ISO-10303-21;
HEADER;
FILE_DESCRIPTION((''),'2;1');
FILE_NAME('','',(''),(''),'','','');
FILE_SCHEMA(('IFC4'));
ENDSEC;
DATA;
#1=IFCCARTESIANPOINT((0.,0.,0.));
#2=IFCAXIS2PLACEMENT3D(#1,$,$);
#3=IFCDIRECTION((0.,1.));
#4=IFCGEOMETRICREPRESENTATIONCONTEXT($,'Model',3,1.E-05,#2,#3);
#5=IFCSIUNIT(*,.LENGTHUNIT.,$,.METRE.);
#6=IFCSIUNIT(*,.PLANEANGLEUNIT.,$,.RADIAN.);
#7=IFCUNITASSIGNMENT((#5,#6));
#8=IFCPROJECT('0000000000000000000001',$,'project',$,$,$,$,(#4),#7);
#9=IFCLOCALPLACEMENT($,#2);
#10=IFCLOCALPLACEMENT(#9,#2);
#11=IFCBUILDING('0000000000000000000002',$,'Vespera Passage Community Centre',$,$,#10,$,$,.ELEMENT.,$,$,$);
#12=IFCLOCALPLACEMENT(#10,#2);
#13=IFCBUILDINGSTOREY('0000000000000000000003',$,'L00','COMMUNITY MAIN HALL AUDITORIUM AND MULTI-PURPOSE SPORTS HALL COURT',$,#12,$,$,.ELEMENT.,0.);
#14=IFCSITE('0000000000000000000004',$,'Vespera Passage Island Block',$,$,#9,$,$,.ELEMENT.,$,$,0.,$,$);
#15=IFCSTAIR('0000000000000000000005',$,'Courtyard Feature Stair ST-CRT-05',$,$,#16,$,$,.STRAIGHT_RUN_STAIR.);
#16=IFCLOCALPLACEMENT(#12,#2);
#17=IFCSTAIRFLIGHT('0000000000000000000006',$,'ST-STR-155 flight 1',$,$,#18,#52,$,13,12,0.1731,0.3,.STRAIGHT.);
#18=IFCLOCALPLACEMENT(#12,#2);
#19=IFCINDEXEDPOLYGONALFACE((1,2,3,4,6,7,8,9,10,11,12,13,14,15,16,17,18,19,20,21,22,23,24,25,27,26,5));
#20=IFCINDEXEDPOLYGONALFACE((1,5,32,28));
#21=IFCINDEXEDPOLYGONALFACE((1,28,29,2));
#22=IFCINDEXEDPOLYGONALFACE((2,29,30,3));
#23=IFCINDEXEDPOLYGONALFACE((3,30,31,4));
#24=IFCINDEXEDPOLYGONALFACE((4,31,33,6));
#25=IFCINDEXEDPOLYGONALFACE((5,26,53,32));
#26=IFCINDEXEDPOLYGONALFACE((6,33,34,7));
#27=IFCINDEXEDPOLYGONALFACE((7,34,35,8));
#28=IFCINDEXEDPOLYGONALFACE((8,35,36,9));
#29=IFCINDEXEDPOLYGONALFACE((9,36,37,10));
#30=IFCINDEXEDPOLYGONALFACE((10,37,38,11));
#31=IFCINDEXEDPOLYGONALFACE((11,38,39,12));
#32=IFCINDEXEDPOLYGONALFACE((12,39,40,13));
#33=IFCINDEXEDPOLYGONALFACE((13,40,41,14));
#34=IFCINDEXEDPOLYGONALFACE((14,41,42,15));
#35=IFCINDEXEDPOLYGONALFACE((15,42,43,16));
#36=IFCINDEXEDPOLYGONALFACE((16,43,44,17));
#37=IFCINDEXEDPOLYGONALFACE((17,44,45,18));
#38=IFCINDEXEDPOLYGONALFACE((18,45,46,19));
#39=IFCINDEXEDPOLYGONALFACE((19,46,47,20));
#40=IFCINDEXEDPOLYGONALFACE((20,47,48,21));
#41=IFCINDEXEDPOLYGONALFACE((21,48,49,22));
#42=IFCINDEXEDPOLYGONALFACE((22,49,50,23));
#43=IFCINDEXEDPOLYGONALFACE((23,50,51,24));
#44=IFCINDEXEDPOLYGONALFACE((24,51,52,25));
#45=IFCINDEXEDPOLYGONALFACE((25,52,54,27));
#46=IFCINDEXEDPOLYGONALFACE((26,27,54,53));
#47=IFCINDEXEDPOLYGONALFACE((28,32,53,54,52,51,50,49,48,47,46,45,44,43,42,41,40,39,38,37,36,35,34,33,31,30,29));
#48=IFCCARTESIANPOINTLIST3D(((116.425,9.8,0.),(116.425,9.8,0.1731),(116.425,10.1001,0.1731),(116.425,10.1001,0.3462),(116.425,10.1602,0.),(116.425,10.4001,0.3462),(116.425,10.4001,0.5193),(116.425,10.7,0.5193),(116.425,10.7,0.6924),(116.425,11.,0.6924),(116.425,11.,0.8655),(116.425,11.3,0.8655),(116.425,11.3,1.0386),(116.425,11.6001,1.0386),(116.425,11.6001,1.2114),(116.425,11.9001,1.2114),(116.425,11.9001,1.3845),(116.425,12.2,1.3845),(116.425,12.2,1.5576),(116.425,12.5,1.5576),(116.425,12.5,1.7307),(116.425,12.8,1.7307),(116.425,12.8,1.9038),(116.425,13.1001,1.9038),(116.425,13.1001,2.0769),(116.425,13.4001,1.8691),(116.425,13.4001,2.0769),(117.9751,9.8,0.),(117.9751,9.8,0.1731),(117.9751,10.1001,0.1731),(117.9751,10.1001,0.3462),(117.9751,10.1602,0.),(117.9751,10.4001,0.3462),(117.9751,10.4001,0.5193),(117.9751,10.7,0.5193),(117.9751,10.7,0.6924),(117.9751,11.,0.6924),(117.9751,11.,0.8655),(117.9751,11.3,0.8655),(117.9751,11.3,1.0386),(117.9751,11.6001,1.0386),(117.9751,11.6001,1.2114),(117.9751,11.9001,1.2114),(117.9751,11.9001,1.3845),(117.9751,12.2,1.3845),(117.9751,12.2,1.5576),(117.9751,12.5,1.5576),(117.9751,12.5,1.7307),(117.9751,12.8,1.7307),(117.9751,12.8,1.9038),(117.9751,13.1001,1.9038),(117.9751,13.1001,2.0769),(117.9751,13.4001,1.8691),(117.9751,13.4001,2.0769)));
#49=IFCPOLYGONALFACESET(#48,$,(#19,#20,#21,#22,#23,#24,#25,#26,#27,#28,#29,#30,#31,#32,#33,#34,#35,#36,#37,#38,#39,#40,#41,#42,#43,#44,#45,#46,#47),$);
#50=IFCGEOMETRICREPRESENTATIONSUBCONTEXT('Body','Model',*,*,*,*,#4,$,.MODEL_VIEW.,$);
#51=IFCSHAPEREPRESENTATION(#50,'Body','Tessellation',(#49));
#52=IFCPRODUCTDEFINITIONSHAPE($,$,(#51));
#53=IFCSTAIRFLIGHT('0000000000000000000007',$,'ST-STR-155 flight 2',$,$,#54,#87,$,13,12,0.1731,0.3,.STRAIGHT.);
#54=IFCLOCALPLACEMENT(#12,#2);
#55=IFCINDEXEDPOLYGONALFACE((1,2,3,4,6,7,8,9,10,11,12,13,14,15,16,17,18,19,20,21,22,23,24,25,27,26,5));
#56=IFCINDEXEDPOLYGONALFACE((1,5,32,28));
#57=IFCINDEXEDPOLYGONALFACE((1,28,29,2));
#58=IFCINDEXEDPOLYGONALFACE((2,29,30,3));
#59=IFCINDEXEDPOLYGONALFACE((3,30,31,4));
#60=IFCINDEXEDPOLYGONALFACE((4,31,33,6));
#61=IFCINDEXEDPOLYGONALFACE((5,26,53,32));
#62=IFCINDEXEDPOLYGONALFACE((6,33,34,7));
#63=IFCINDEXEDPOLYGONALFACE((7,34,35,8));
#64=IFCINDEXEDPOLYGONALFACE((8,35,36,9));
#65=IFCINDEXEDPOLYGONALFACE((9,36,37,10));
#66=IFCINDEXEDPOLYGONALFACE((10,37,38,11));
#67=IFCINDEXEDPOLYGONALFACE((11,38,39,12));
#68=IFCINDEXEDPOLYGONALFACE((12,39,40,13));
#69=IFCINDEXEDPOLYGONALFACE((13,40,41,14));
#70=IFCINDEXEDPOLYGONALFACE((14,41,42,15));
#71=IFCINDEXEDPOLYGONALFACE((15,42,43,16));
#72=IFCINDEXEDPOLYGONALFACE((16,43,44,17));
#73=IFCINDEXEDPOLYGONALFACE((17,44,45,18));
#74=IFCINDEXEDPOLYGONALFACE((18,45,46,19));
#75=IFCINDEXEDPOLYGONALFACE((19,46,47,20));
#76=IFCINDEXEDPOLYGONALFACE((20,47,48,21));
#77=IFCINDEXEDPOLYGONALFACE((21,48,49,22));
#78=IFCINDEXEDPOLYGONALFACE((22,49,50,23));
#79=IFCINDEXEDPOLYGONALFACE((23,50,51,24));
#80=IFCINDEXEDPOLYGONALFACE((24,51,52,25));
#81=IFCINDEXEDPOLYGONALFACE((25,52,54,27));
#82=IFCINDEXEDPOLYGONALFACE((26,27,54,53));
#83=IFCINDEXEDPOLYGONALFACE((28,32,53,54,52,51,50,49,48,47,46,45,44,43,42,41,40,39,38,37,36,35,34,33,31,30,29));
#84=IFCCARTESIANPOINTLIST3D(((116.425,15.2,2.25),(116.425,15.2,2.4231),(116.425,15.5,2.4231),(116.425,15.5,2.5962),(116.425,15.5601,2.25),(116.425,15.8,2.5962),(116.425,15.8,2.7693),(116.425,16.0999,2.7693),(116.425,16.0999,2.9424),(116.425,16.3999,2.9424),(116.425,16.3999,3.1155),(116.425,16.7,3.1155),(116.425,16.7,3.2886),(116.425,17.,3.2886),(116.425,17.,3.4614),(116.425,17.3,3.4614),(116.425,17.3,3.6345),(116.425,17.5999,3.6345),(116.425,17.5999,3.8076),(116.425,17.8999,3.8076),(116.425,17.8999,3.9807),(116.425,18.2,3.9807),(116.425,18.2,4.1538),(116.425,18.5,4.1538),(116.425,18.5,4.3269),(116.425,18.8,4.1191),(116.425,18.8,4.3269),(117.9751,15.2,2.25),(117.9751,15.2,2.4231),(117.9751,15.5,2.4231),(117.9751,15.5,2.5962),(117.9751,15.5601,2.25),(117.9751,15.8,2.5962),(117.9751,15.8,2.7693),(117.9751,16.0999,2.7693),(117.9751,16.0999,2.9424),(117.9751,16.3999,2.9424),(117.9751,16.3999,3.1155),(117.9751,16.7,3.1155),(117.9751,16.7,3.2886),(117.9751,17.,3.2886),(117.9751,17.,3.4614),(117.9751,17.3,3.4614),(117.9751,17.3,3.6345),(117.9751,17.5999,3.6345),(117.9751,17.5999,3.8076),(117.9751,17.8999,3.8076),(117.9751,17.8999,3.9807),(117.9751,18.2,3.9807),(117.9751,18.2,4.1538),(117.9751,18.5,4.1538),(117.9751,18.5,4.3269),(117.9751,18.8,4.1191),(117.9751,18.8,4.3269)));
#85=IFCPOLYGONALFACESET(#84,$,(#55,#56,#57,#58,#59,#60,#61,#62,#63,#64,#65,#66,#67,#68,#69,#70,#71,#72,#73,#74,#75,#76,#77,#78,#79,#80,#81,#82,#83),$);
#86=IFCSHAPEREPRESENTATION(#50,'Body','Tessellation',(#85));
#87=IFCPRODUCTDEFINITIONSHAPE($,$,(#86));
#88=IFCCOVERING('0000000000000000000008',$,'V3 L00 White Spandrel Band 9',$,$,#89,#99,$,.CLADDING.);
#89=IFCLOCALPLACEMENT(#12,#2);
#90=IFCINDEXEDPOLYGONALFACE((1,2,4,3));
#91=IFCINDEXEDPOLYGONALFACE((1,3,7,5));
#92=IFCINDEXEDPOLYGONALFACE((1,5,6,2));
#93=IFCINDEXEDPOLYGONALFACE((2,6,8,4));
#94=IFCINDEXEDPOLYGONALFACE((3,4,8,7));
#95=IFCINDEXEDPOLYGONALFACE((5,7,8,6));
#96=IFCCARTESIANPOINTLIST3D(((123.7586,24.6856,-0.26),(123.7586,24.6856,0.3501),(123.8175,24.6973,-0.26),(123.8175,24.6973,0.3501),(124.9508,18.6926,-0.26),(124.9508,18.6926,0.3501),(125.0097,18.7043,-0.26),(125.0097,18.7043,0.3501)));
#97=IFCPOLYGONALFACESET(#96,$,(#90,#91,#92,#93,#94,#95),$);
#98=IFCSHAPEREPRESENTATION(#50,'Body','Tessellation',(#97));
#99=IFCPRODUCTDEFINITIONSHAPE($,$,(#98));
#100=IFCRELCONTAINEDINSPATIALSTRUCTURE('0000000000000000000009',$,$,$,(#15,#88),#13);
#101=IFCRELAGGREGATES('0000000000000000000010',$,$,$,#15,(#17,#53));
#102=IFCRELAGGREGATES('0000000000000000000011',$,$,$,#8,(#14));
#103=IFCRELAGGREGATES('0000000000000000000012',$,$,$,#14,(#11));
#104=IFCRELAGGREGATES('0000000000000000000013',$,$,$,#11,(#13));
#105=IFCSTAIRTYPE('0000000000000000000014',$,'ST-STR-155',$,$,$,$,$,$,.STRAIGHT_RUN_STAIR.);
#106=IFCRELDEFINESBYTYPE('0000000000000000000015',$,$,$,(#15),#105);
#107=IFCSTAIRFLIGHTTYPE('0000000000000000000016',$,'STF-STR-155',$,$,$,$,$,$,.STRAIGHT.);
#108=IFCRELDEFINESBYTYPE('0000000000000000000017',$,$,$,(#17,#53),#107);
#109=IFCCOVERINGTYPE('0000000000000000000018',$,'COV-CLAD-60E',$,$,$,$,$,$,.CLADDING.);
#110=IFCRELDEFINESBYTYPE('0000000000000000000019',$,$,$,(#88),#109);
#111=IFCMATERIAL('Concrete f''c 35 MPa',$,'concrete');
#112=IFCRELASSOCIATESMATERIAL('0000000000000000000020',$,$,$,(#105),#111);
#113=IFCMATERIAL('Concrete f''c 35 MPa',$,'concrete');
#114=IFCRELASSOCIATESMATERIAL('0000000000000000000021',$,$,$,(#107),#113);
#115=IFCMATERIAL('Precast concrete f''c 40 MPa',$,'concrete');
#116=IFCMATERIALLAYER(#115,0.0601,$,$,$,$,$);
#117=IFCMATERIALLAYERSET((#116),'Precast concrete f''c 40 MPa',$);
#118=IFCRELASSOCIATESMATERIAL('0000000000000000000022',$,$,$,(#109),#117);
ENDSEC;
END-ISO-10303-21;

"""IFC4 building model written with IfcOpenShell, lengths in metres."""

from ifc_helpers import new_model, si_unit, direction, frame, frame_2d, origin, place, context, subcontext, project, spatial, polyline, rectangle, outline, extrude, material, layer, layer_set, type_object, element, aggregate, save


model = new_model("IFC4")

# Units and contexts
model_context = context("Model", 3, precision=1e-05, world=origin(), true_north=direction((0.0, 1.0)))
body_context = subcontext(model_context, "Body", "Model", "MODEL_VIEW")
ifc_project = project(units=[si_unit("LENGTHUNIT", "METRE"), si_unit("PLANEANGLEUNIT", "RADIAN")], contexts=[model_context])

# Site, building, storey
site_placement = place(None, origin())
site = spatial("IfcSite", under=ifc_project, at=site_placement, Name="Vespera Passage Island Block", CompositionType="ELEMENT", RefElevation=0.0)
building_placement = place(site_placement, origin())
building = spatial("IfcBuilding", under=site, at=building_placement, Name="Vespera Passage Community Centre", CompositionType="ELEMENT")
storey_placement = place(building_placement, origin())
storey = spatial("IfcBuildingStorey", under=building, at=storey_placement, Name="L00", Description="COMMUNITY MAIN HALL AUDITORIUM AND MULTI-PURPOSE SPORTS HALL COURT", CompositionType="ELEMENT", Elevation=0.0)

# Stair, stair flights
ifc_material_1 = material(Name="Concrete f'c 35 MPa", Category="concrete")
stair_type = type_object("IfcStairType", Name="ST-STR-155", PredefinedType="STRAIGHT_RUN_STAIR", material=ifc_material_1)
stair_placement = place(storey_placement, origin())
stair = element("IfcStair", 1, at=stair_placement, inside=storey, type_object=stair_type, Name="Courtyard Feature Stair ST-CRT-05", PredefinedType="STRAIGHT_RUN_STAIR")
ifc_material_2 = material(Name="Concrete f'c 35 MPa", Category="concrete")
stair_flight_type = type_object("IfcStairFlightType", Name="STF-STR-155", PredefinedType="STRAIGHT", material=ifc_material_2)
stair_flight_1_placement = place(storey_placement, frame((117.2, 9.8, 0.0), z_axis=(0.0, 0.0, 1.0), x_axis=(0.0, 1.0, 0.0)))
stair_flight_1 = element("IfcStairFlight", 2, at=stair_flight_1_placement, type_object=stair_flight_type, Name="ST-STR-155 flight 1", NumberOfRisers=13, NumberOfTreads=12, PredefinedType="STRAIGHT", RiserHeight=0.1731, TreadLength=0.3, context=body_context, shape_type="SweptSolid", body=[
    extrude(outline(polyline([(0.0, 0.0), (0.0, 0.1731), (0.3, 0.1731), (0.3, 0.3462), (0.6001, 0.3462), (0.6001, 0.5193), (0.8999, 0.5193), (0.8999, 0.6924), (1.2, 0.6924), (1.2, 0.8655), (1.5, 0.8655), (1.5, 1.0386), (1.8, 1.0386), (1.8, 1.2114), (2.1001, 1.2114), (2.1001, 1.3845), (2.3999, 1.3845), (2.3999, 1.5576), (2.7, 1.5576), (2.7, 1.7307), (3.0, 1.7307), (3.0, 1.9038), (3.3, 1.9038), (3.3, 2.0769), (3.6001, 2.0769), (3.6001, 2.25), (3.6001, 1.8691), (0.3601, 0.0), (0.0, 0.0)])), frame((0.0, 0.7749, 0.0), z_axis=(0.0, -1.0, 0.0), x_axis=(1.0, 0.0, 0.0)), (0.0, 0.0, 1.0), 1.55),
])
stair_flight_2_placement = place(storey_placement, frame((117.2, 15.2, 2.25), z_axis=(0.0, 0.0, 1.0), x_axis=(0.0, 1.0, 0.0)))
stair_flight_2 = element("IfcStairFlight", 3, at=stair_flight_2_placement, type_object=stair_flight_type, Name="ST-STR-155 flight 2", NumberOfRisers=13, NumberOfTreads=12, PredefinedType="STRAIGHT", RiserHeight=0.1731, TreadLength=0.3, context=body_context, shape_type="SweptSolid", body=[
    extrude(outline(polyline([(0.0, 0.0), (0.0, 0.1731), (0.3, 0.1731), (0.3, 0.3462), (0.6001, 0.3462), (0.6001, 0.5193), (0.8999, 0.5193), (0.8999, 0.6924), (1.2, 0.6924), (1.2, 0.8655), (1.5, 0.8655), (1.5, 1.0386), (1.8, 1.0386), (1.8, 1.2114), (2.1001, 1.2114), (2.1001, 1.3845), (2.3999, 1.3845), (2.3999, 1.5576), (2.7, 1.5576), (2.7, 1.7307), (3.0, 1.7307), (3.0, 1.9038), (3.3, 1.9038), (3.3, 2.0769), (3.6001, 2.0769), (3.6001, 2.25), (3.6001, 1.8691), (0.3601, 0.0), (0.0, 0.0)])), frame((0.0, 0.7749, 0.0), z_axis=(0.0, -1.0, 0.0), x_axis=(1.0, 0.0, 0.0)), (0.0, 0.0, 1.0), 1.55),
])
aggregate(stair, [stair_flight_1, stair_flight_2])

# Covering
ifc_material_3 = material(Name="Precast concrete f'c 40 MPa", Category="concrete")
ifc_layer_1 = layer(ifc_material_3, 0.0601)
ifc_layer_set_1 = layer_set([ifc_layer_1], Name="Precast concrete f'c 40 MPa")
covering_type = type_object("IfcCoveringType", Name="COV-CLAD-60E", PredefinedType="CLADDING", material=ifc_layer_set_1)
covering_placement = place(storey_placement, frame((124.9802, 18.6985, -0.26), z_axis=(0.0, 0.0, 1.0), x_axis=(-0.195102, 0.980783, 0.0)))
element("IfcCovering", 4, at=covering_placement, inside=storey, type_object=covering_type, Name="V3 L00 White Spandrel Band 9", PredefinedType="CLADDING", context=body_context, shape_type="SweptSolid", body=[
    extrude(rectangle(XDim=6.1104, YDim=0.0601, at=frame_2d((3.0552, 0.0))), origin(), (0.0, 0.0, 1.0), 0.6101),
])

save(model, "model.ifc")
